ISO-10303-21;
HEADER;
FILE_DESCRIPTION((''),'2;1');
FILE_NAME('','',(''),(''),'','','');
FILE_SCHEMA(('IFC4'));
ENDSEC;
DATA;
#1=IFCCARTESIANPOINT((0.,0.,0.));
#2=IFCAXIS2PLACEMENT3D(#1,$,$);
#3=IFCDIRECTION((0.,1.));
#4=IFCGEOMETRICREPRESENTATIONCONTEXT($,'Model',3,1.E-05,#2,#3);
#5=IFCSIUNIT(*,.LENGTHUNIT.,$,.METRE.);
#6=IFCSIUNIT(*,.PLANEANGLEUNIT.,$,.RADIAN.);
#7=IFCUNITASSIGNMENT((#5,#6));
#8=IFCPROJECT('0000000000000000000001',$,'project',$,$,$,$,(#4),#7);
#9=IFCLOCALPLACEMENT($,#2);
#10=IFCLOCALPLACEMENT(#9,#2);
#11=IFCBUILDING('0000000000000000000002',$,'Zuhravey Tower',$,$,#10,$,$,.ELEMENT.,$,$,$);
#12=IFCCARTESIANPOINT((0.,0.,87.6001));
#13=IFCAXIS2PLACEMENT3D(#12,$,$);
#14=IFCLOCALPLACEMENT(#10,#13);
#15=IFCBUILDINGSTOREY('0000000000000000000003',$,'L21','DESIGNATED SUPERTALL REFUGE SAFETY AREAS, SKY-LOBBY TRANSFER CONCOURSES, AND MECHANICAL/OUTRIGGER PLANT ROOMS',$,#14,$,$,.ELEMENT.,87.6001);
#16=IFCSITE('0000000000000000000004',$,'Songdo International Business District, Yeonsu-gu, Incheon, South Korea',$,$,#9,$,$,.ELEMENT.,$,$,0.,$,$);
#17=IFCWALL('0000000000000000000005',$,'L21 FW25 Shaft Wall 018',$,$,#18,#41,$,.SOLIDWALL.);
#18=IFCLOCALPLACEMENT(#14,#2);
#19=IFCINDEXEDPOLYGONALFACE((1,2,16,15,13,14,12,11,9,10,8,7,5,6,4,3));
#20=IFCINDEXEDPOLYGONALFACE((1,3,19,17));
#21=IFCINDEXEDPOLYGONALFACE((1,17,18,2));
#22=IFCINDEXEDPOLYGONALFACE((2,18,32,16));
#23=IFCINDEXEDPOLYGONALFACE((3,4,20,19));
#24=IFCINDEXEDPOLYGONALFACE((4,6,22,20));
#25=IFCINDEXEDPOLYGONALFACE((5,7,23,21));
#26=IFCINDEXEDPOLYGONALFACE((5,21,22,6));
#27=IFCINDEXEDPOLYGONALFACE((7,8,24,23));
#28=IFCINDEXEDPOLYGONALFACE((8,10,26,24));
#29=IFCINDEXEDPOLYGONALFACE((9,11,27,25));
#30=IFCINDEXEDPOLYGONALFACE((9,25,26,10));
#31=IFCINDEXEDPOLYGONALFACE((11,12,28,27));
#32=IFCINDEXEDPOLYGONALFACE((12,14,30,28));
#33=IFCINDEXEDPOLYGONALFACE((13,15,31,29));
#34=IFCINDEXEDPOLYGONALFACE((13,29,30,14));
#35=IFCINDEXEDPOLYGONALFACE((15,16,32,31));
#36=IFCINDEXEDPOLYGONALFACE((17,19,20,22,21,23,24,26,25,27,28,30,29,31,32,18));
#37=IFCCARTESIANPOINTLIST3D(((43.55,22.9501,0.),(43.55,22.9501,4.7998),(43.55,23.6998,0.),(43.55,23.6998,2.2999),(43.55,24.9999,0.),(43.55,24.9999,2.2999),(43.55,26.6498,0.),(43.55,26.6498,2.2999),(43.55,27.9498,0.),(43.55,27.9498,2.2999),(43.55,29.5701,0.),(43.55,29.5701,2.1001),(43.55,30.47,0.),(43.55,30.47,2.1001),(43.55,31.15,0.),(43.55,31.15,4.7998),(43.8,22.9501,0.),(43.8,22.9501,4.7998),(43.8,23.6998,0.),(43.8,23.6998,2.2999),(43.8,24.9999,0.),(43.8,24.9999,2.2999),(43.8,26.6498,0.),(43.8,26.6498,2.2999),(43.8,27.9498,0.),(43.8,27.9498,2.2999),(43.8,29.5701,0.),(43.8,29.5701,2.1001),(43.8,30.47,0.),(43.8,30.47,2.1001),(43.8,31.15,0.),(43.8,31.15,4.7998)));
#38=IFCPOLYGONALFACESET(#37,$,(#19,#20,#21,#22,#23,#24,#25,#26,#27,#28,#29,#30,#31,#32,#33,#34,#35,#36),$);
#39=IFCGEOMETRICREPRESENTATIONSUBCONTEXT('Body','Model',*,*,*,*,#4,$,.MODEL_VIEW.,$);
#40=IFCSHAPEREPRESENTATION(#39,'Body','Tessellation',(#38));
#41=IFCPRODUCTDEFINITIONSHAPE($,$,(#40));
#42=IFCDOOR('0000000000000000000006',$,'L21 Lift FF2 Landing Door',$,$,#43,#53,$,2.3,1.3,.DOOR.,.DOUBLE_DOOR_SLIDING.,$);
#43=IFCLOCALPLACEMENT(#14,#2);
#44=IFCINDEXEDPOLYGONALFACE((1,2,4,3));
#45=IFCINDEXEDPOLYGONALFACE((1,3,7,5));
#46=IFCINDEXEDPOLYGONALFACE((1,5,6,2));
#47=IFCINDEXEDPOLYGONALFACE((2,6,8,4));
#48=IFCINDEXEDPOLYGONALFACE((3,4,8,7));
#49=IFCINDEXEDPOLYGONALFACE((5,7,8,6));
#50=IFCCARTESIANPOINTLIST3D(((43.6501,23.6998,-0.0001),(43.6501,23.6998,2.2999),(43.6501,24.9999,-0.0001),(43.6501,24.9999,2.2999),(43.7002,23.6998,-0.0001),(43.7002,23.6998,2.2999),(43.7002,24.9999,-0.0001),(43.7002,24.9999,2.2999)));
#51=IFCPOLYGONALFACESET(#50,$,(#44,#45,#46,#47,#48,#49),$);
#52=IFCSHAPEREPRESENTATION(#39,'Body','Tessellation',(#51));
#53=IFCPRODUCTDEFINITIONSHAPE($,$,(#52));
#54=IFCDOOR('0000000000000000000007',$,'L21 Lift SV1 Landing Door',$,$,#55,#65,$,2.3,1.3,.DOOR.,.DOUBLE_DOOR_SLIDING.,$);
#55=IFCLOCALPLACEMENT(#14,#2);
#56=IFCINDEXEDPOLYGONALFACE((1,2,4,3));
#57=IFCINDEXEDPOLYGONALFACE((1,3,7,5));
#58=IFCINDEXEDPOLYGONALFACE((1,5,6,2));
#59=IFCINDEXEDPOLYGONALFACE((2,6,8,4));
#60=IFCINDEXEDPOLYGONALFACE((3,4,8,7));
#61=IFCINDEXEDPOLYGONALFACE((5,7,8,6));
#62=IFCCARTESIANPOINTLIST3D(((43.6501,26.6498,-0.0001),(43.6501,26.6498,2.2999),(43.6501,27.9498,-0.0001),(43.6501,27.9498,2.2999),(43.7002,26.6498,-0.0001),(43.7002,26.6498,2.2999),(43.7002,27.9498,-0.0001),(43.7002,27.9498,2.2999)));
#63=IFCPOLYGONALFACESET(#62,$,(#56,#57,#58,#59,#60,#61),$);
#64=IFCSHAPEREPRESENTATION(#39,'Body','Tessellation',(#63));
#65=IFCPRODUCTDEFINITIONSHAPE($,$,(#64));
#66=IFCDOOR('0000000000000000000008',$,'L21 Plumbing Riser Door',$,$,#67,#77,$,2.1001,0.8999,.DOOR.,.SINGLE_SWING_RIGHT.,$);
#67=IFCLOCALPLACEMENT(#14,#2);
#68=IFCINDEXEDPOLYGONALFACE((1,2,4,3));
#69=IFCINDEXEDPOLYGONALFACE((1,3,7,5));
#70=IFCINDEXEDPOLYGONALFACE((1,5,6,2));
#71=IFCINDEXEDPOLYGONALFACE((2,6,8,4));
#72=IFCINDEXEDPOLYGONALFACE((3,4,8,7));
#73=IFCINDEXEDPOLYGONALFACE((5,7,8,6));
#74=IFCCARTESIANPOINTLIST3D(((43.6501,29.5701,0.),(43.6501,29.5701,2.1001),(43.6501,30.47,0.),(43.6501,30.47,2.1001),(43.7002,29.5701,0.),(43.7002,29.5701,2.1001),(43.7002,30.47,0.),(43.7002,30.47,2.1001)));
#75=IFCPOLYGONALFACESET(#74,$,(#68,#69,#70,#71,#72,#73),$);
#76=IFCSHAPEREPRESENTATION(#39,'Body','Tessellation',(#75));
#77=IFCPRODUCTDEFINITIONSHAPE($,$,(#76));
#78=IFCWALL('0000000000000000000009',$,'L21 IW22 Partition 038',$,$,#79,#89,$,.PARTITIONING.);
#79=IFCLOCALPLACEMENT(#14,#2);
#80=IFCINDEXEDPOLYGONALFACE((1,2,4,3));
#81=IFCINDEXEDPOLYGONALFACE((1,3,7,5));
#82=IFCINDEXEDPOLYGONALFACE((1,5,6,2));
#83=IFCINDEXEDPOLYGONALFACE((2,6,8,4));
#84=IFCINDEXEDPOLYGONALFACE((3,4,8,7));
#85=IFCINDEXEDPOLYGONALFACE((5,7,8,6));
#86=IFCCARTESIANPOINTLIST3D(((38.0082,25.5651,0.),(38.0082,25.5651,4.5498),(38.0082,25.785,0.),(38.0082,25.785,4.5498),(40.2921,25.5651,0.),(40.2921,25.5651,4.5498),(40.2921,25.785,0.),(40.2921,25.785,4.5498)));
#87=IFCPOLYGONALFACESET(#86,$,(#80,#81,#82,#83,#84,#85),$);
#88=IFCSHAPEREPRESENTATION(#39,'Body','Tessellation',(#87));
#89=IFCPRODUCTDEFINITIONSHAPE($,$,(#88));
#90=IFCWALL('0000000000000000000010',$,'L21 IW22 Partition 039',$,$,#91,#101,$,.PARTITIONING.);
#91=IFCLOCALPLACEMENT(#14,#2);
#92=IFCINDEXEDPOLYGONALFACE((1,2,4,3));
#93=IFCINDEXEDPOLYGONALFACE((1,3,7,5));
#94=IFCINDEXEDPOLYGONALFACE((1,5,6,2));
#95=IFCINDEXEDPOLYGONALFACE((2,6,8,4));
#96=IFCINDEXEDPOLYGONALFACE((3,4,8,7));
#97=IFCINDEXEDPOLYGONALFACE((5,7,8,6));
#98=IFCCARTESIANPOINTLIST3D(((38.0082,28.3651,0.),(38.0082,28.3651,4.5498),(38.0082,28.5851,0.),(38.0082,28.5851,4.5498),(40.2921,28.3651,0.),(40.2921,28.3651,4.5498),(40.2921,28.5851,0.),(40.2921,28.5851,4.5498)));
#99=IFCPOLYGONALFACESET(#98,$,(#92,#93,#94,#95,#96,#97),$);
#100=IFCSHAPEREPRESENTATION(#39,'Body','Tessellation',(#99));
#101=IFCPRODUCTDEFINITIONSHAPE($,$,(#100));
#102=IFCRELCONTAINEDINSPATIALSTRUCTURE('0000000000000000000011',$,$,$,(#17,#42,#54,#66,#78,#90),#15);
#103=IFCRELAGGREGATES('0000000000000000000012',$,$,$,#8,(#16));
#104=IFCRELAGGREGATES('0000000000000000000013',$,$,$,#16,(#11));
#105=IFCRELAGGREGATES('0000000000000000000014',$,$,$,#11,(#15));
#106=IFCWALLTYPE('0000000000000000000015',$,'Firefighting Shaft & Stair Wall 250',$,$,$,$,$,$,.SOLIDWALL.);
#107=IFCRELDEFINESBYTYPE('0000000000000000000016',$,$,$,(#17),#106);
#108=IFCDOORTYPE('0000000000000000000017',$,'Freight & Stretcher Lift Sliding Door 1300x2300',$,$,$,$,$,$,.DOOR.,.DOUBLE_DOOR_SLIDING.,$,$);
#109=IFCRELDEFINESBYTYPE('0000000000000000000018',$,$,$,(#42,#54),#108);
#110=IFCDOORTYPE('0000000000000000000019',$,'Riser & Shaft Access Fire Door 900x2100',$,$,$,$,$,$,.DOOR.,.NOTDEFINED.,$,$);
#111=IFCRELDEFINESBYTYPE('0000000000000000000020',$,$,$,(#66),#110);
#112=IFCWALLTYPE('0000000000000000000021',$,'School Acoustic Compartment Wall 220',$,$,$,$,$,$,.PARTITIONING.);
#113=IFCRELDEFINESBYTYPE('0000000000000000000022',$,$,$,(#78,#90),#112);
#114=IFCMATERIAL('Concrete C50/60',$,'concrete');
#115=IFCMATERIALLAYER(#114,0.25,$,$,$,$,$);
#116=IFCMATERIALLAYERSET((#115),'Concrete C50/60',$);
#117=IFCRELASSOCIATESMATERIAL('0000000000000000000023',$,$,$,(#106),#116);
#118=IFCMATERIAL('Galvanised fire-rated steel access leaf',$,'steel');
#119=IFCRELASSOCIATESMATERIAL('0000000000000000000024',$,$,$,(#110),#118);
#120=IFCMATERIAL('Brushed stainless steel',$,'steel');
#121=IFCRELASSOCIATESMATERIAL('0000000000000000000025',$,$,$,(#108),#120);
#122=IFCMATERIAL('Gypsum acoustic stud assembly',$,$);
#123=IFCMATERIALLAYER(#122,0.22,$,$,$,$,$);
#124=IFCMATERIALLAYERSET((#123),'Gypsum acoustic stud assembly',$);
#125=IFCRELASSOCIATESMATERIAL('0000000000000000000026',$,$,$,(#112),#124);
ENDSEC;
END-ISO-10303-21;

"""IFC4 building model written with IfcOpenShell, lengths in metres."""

from ifc_helpers import new_model, si_unit, direction, frame, frame_2d, origin, place, context, subcontext, project, spatial, rectangle, extrude, material, layer, layer_set, type_object, element, fill, save


model = new_model("IFC4")

# Units and contexts
model_context = context("Model", 3, precision=1e-05, world=origin(), true_north=direction((0.0, 1.0)))
body_context = subcontext(model_context, "Body", "Model", "MODEL_VIEW")
ifc_project = project(units=[si_unit("LENGTHUNIT", "METRE"), si_unit("PLANEANGLEUNIT", "RADIAN")], contexts=[model_context])

# Site, building, storey
site_placement = place(None, origin())
site = spatial("IfcSite", under=ifc_project, at=site_placement, Name="Songdo International Business District, Yeonsu-gu, Incheon, South Korea", CompositionType="ELEMENT", RefElevation=0.0)
building_placement = place(site_placement, origin())
building = spatial("IfcBuilding", under=site, at=building_placement, Name="Zuhravey Tower", CompositionType="ELEMENT")
storey_placement = place(building_placement, frame((0.0, 0.0, 87.6001)))
storey = spatial("IfcBuildingStorey", under=building, at=storey_placement, Name="L21", Description="DESIGNATED SUPERTALL REFUGE SAFETY AREAS, SKY-LOBBY TRANSFER CONCOURSES, AND MECHANICAL/OUTRIGGER PLANT ROOMS", CompositionType="ELEMENT", Elevation=87.6001)

# Shared definitions
ifc_material_1 = material(Name="Concrete C50/60", Category="concrete")
ifc_layer_1 = layer(ifc_material_1, 0.25)
ifc_layer_set_1 = layer_set([ifc_layer_1], Name="Concrete C50/60")
wall_type_1 = type_object("IfcWallType", Name="Firefighting Shaft & Stair Wall 250", PredefinedType="SOLIDWALL", material=ifc_layer_set_1)

# Shared definitions
ifc_material_2 = material(Name="Galvanised fire-rated steel access leaf", Category="steel")
door_type_1 = type_object("IfcDoorType", Name="Riser & Shaft Access Fire Door 900x2100", OperationType="NOTDEFINED", PredefinedType="DOOR", material=ifc_material_2)

# Shared definitions
ifc_material_3 = material(Name="Brushed stainless steel", Category="steel")

# Wall, openings, doors
wall_1_placement = place(storey_placement, frame((43.675, 22.95, 0.0), z_axis=(0.0, 0.0, 1.0), x_axis=(0.0, 1.0, 0.0)))
wall_1 = element("IfcWall", 1, at=wall_1_placement, inside=storey, type_object=wall_type_1, Name="L21 FW25 Shaft Wall 018", PredefinedType="SOLIDWALL", context=body_context, shape_type="SweptSolid", body=[
    extrude(rectangle(XDim=8.2, YDim=0.25, at=frame_2d((4.1001, 0.0))), origin(), (0.0, 0.0, 1.0), 4.7998),
])
opening_1_placement = place(wall_1_placement, frame((0.75, 0.0, 0.0)))
opening_1 = element("IfcOpeningElement", 2, at=opening_1_placement, cuts=wall_1, PredefinedType="OPENING", context=body_context, shape_type="SweptSolid", body=[
    extrude(rectangle(XDim=1.3, YDim=2.3, at=frame_2d((0.6499, 1.1499))), frame((0.0, 0.137, 0.0), z_axis=(0.0, -1.0, 0.0), x_axis=(1.0, 0.0, 0.0)), (0.0, 0.0, 1.0), 0.2739),
])
opening_2_placement = place(wall_1_placement, frame((3.7, 0.0, 0.0)))
opening_2 = element("IfcOpeningElement", 3, at=opening_2_placement, cuts=wall_1, PredefinedType="OPENING", context=body_context, shape_type="SweptSolid", body=[
    extrude(rectangle(XDim=1.3, YDim=2.3, at=frame_2d((0.6499, 1.1499))), frame((0.0, 0.137, 0.0), z_axis=(0.0, -1.0, 0.0), x_axis=(1.0, 0.0, 0.0)), (0.0, 0.0, 1.0), 0.2739),
])
opening_3_placement = place(wall_1_placement, frame((6.6201, 0.0, 0.0)))
opening_3 = element("IfcOpeningElement", 4, at=opening_3_placement, cuts=wall_1, PredefinedType="OPENING", context=body_context, shape_type="SweptSolid", body=[
    extrude(rectangle(XDim=0.8999, YDim=2.1001, at=frame_2d((0.45, 1.05))), frame((0.0, 0.137, 0.0), z_axis=(0.0, -1.0, 0.0), x_axis=(1.0, 0.0, 0.0)), (0.0, 0.0, 1.0), 0.2739),
])
door_type_2 = type_object("IfcDoorType", Name="Freight & Stretcher Lift Sliding Door 1300x2300", OperationType="DOUBLE_DOOR_SLIDING", PredefinedType="DOOR", material=ifc_material_3)
door_1_placement = place(opening_1_placement, origin())
door_1 = element("IfcDoor", 5, at=door_1_placement, inside=storey, type_object=door_type_2, Name="L21 Lift FF2 Landing Door", OperationType="DOUBLE_DOOR_SLIDING", OverallHeight=2.3, OverallWidth=1.3, PredefinedType="DOOR", context=body_context, shape_type="SweptSolid", body=[
    extrude(rectangle(XDim=1.3, YDim=2.3, at=frame_2d((0.6499, 1.1499))), frame((0.0, 0.0249, 0.0), z_axis=(0.0, -1.0, 0.0), x_axis=(1.0, 0.0, 0.0)), (0.0, 0.0, 1.0), 0.05),
])
fill(opening_1, door_1)
door_2_placement = place(opening_2_placement, origin())
door_2 = element("IfcDoor", 6, at=door_2_placement, inside=storey, type_object=door_type_2, Name="L21 Lift SV1 Landing Door", OperationType="DOUBLE_DOOR_SLIDING", OverallHeight=2.3, OverallWidth=1.3, PredefinedType="DOOR", context=body_context, shape_type="SweptSolid", body=[
    extrude(rectangle(XDim=1.3, YDim=2.3, at=frame_2d((0.6499, 1.1499))), frame((0.0, 0.0249, 0.0), z_axis=(0.0, -1.0, 0.0), x_axis=(1.0, 0.0, 0.0)), (0.0, 0.0, 1.0), 0.05),
])
fill(opening_2, door_2)
door_3_placement = place(opening_3_placement, origin())
door_3 = element("IfcDoor", 7, at=door_3_placement, inside=storey, type_object=door_type_1, Name="L21 Plumbing Riser Door", OperationType="SINGLE_SWING_RIGHT", OverallHeight=2.1001, OverallWidth=0.8999, PredefinedType="DOOR", context=body_context, shape_type="SweptSolid", body=[
    extrude(rectangle(XDim=0.8999, YDim=2.1001, at=frame_2d((0.45, 1.05))), frame((0.0, 0.0249, 0.0), z_axis=(0.0, -1.0, 0.0), x_axis=(1.0, 0.0, 0.0)), (0.0, 0.0, 1.0), 0.05),
])
fill(opening_3, door_3)

# Walls
ifc_material_4 = material(Name="Gypsum acoustic stud assembly")
ifc_layer_2 = layer(ifc_material_4, 0.22)
ifc_layer_set_2 = layer_set([ifc_layer_2], Name="Gypsum acoustic stud assembly")
wall_type_2 = type_object("IfcWallType", Name="School Acoustic Compartment Wall 220", PredefinedType="PARTITIONING", material=ifc_layer_set_2)
for number, where, z_axis, x_axis, name in (
    (8, (38.0081, 25.675, 0.0), (0.0, 0.0, 1.0), (1.0, 0.0, 0.0), "L21 IW22 Partition 038"),
    (9, (38.0081, 28.4751, 0.0), (0.0, 0.0, 1.0), (1.0, 0.0, 0.0), "L21 IW22 Partition 039"),
):
    element("IfcWall", number, at=place(storey_placement, frame(where, z_axis=z_axis, x_axis=x_axis)), inside=storey, type_object=wall_type_2, Name=name, PredefinedType="PARTITIONING", context=body_context, shape_type="SweptSolid", body=[
        extrude(rectangle(XDim=2.2839, YDim=0.22, at=frame_2d((1.1421, 0.0))), origin(), (0.0, 0.0, 1.0), 4.5498),
    ])

save(model, "model.ifc")
